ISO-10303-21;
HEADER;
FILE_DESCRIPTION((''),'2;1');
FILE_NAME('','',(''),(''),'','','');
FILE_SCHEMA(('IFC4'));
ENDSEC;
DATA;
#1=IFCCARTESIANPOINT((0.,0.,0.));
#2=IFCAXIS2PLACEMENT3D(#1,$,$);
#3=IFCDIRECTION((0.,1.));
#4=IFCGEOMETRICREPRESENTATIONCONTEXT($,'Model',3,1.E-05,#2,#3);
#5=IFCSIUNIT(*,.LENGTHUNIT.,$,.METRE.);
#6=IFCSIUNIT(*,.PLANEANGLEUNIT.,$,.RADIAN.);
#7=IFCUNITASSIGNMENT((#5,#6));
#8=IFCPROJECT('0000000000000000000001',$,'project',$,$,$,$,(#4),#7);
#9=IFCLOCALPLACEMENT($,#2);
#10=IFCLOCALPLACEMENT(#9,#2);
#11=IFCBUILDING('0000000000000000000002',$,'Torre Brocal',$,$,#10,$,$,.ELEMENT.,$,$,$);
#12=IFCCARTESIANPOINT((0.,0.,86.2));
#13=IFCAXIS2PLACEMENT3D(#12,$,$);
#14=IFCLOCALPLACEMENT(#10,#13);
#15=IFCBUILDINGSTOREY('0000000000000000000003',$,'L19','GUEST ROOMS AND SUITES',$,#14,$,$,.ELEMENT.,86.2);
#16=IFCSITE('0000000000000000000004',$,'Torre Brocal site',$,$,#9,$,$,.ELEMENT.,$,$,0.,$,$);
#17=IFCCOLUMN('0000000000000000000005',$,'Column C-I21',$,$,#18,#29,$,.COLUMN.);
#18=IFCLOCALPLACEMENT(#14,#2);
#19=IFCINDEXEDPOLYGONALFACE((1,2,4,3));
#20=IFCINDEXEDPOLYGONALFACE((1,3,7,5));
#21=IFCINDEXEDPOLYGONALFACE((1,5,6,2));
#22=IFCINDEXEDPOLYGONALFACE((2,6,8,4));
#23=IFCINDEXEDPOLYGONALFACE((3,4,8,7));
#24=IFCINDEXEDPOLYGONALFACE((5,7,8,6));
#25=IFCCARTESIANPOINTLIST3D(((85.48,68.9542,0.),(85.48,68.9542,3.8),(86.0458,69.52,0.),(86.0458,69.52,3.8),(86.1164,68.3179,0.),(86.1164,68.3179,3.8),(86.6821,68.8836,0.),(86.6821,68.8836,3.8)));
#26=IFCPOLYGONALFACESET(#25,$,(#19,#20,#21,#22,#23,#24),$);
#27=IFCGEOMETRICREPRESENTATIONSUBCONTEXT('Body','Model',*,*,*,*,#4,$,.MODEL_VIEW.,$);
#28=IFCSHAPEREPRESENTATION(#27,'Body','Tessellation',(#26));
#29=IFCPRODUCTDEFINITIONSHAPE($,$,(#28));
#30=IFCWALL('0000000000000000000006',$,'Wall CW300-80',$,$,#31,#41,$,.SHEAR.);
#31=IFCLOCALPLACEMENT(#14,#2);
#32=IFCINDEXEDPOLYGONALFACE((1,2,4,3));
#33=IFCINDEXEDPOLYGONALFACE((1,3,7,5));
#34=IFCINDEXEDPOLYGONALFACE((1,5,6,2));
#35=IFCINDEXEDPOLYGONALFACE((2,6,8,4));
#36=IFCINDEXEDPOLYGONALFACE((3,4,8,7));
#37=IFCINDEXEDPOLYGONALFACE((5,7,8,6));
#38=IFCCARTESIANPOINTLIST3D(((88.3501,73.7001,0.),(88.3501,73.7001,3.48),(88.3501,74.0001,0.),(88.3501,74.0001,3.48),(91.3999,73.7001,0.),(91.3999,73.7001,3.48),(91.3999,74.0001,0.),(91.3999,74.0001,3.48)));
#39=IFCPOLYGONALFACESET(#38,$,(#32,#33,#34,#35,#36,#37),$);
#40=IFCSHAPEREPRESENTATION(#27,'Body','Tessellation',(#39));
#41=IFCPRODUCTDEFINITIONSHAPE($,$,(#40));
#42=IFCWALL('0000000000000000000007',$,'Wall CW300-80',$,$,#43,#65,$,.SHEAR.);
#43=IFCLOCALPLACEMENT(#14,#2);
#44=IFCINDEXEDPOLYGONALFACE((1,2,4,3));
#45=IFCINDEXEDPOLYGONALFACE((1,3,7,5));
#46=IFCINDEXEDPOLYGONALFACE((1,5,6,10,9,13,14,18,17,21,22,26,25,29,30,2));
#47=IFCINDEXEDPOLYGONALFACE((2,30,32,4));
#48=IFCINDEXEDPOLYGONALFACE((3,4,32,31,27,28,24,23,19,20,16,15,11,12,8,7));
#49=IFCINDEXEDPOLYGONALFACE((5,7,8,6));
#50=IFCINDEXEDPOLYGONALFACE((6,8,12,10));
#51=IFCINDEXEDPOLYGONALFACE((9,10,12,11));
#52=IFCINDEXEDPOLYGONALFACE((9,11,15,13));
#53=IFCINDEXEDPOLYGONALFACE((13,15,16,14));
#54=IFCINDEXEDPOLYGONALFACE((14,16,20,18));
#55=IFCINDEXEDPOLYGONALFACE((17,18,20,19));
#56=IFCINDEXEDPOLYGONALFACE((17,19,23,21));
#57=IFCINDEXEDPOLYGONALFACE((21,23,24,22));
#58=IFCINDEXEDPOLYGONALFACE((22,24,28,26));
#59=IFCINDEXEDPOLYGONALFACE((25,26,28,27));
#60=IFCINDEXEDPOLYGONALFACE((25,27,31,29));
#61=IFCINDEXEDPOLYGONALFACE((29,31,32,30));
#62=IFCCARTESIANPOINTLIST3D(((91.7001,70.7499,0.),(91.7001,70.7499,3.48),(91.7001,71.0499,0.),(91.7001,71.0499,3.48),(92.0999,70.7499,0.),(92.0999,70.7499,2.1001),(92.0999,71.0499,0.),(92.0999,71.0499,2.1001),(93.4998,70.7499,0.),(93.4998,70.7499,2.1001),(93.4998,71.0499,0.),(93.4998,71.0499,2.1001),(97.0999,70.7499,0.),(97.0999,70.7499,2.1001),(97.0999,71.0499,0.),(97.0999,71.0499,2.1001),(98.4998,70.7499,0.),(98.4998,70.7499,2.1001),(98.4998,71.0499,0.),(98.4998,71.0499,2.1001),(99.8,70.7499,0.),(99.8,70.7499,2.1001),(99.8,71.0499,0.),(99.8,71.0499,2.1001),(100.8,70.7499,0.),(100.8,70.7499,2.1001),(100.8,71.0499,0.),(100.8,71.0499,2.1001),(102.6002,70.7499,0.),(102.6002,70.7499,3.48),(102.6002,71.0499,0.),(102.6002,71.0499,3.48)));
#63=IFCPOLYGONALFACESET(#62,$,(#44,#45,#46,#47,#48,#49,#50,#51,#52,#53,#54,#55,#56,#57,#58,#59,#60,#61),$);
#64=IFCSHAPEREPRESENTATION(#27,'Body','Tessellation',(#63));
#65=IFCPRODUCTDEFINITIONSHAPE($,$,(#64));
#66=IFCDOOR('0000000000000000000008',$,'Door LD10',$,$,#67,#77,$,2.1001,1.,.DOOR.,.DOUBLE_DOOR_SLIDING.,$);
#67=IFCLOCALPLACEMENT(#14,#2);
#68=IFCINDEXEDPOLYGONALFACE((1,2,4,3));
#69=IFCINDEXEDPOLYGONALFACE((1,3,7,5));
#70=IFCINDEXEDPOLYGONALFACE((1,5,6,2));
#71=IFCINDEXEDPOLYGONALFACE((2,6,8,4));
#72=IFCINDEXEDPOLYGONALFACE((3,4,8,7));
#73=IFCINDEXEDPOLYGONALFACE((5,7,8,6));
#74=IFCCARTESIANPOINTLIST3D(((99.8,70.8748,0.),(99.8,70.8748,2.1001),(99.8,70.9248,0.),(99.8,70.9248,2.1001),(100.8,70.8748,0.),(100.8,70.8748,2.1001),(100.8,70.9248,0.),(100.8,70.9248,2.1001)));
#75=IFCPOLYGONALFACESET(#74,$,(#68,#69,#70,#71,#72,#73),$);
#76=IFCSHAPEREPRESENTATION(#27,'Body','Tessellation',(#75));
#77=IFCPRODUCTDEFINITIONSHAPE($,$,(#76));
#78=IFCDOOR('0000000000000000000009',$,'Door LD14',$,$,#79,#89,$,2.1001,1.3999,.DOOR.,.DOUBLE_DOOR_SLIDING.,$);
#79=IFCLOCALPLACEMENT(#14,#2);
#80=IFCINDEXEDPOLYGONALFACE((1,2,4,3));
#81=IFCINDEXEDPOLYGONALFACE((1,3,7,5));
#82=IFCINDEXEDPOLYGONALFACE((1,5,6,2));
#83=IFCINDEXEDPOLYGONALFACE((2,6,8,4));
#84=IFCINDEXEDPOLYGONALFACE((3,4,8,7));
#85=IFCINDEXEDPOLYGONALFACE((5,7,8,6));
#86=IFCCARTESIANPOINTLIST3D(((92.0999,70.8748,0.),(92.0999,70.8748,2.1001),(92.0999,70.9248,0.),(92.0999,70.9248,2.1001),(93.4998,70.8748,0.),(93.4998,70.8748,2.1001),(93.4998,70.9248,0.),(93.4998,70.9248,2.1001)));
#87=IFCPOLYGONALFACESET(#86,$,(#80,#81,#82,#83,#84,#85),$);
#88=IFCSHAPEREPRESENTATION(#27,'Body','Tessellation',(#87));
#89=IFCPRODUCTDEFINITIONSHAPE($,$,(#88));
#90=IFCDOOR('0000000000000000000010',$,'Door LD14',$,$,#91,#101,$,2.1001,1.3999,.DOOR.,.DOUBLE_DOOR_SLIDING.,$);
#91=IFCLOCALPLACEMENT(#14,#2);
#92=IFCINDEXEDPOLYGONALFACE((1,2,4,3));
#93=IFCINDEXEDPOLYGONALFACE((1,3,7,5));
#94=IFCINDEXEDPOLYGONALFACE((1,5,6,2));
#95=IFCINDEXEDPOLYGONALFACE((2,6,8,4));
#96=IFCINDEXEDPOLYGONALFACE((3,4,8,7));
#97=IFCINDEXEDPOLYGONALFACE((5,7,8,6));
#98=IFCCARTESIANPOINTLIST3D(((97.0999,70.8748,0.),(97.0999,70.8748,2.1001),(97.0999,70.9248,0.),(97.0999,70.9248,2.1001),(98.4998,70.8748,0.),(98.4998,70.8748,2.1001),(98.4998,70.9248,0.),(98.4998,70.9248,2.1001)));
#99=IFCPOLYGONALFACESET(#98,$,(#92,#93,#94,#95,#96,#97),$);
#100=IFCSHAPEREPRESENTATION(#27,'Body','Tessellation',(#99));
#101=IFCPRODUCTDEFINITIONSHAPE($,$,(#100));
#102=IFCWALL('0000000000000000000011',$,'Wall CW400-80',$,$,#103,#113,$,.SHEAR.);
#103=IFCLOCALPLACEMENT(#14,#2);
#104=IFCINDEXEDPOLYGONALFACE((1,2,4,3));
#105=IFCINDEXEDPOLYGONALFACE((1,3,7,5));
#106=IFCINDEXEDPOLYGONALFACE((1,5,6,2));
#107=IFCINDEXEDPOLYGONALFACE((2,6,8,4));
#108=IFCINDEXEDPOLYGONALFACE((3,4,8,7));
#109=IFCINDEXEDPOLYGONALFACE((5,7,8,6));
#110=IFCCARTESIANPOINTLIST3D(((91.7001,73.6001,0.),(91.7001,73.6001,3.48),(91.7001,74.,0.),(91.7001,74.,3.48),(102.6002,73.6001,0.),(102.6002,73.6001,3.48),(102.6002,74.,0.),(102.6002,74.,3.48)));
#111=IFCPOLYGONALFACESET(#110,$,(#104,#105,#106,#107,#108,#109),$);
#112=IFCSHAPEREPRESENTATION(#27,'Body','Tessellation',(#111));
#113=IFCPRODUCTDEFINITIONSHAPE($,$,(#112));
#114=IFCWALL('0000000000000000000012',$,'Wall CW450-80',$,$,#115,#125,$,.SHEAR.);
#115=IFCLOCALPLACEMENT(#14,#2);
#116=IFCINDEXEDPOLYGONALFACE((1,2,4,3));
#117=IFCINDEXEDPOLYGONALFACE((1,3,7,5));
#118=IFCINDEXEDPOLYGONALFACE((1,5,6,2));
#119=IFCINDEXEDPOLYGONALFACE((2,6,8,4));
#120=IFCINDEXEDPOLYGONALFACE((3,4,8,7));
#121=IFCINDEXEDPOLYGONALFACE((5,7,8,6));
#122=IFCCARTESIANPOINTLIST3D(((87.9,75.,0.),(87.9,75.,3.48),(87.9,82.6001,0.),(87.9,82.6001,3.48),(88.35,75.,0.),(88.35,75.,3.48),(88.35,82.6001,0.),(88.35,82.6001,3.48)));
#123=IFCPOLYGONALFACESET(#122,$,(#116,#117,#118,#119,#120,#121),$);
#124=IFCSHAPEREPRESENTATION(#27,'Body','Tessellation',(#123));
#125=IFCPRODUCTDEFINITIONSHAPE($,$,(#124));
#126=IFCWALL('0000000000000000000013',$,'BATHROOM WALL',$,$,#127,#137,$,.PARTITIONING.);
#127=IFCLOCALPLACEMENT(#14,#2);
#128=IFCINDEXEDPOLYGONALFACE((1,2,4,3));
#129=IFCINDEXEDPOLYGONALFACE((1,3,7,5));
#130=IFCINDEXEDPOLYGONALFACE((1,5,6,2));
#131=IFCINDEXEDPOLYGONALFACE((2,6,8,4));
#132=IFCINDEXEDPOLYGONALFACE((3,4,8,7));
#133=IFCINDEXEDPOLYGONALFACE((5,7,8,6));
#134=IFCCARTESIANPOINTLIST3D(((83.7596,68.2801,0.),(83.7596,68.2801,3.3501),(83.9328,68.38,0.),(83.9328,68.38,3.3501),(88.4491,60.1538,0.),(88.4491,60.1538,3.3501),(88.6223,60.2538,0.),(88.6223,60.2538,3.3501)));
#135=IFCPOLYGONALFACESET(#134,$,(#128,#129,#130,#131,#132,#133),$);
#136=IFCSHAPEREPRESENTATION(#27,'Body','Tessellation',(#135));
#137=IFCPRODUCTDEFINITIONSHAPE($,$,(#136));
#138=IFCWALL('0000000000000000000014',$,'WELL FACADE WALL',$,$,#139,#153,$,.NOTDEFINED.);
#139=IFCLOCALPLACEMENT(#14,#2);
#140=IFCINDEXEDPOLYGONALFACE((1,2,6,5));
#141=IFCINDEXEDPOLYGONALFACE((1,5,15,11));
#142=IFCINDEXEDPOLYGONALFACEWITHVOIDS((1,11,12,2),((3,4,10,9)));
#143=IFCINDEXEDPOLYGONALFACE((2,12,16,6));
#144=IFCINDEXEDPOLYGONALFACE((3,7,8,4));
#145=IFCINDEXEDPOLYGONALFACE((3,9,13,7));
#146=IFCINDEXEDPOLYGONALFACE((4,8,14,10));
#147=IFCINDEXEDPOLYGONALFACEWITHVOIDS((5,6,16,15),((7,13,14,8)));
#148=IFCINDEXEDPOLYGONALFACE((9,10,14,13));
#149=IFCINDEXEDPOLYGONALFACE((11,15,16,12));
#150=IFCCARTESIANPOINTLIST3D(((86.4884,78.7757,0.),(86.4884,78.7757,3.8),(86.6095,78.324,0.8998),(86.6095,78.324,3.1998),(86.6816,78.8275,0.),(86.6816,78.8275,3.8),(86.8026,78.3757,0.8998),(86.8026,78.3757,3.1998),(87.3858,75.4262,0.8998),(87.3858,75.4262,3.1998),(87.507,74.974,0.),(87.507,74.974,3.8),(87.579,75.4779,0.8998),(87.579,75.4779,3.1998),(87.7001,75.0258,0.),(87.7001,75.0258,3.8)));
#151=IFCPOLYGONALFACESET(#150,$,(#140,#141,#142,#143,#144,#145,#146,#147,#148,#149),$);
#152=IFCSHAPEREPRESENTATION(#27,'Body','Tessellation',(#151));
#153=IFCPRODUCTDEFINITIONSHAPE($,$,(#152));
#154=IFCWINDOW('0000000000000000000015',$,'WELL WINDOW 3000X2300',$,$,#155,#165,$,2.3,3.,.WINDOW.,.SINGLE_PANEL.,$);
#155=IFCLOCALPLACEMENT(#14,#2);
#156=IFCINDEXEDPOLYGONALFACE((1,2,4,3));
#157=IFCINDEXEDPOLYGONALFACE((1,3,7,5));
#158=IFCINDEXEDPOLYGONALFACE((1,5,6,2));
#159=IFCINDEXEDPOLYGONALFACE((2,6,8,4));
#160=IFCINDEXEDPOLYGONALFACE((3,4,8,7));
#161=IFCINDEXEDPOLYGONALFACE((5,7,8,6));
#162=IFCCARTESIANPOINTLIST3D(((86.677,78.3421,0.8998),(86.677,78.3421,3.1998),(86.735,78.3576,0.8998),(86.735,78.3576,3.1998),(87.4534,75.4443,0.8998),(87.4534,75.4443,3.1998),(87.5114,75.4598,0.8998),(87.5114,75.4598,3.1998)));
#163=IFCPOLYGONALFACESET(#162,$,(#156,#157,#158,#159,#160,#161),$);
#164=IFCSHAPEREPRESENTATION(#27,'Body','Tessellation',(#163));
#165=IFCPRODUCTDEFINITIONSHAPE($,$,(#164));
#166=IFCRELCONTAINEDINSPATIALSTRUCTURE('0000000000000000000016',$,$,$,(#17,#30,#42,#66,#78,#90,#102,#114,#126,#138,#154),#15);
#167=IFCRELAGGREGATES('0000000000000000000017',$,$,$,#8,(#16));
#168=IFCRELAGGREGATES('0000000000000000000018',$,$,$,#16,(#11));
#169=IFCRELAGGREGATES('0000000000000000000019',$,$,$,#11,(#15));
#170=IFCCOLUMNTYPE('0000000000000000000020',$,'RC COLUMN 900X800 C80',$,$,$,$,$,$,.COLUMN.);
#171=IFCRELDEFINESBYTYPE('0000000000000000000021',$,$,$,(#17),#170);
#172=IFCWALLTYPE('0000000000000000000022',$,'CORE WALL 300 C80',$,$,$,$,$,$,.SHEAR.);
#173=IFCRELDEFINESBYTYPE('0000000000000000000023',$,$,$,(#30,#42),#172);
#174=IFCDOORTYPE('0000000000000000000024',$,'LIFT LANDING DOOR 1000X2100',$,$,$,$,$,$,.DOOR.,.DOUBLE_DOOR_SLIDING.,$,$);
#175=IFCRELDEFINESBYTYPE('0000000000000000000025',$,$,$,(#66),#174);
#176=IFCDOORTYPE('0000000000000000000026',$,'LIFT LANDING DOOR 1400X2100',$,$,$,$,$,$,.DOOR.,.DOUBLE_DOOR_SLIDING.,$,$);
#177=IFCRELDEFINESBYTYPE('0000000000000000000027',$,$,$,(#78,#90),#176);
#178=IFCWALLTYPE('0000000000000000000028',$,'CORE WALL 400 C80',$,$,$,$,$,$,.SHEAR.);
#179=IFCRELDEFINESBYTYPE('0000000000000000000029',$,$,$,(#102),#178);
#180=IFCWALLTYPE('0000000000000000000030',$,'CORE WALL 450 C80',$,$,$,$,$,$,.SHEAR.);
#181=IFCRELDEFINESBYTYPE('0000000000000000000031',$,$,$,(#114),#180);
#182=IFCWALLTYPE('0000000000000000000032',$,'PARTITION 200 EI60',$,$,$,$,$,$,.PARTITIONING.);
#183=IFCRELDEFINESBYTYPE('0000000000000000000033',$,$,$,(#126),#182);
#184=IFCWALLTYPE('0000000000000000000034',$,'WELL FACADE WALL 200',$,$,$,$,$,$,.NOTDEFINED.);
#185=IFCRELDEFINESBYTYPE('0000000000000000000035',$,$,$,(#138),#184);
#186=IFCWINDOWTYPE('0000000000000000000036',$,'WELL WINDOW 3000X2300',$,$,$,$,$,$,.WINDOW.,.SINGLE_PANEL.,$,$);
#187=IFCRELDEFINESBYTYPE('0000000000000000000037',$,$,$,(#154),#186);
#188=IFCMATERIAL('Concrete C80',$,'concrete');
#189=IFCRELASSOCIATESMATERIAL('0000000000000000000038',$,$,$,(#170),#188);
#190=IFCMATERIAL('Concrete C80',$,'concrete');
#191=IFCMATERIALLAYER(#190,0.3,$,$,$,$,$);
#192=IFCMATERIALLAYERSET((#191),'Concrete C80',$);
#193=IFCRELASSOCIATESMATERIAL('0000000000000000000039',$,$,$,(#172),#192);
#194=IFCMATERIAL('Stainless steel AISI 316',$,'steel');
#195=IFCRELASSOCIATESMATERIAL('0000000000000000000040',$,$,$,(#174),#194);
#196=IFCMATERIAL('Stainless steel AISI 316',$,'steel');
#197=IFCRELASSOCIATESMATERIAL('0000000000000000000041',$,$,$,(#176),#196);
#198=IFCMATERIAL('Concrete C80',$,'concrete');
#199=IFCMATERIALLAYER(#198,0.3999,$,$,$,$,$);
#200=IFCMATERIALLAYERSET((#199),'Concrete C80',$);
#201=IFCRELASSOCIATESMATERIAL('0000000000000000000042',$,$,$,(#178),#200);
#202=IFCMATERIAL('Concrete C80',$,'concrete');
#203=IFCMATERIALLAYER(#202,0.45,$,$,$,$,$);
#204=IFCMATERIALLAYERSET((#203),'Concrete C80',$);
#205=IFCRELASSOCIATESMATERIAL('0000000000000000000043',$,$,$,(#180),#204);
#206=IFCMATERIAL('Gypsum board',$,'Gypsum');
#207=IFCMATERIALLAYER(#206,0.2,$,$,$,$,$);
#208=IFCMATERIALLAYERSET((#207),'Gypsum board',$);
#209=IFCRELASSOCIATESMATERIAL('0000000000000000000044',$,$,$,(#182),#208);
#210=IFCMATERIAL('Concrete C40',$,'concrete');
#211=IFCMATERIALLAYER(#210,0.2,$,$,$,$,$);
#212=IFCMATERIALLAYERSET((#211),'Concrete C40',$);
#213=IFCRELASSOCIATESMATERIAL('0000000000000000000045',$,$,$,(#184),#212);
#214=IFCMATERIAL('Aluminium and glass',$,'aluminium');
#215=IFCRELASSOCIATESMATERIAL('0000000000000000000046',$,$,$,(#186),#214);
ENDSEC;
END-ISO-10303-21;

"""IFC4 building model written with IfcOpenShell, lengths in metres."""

from ifc_helpers import new_model, si_unit, direction, frame, frame_2d, origin, origin_2d, place, context, subcontext, project, spatial, rectangle, extrude, material, layer, layer_set, material_profile, profile_set, type_object, element, fill, save


model = new_model("IFC4")

# Units and contexts
model_context = context("Model", 3, precision=1e-05, world=origin(), true_north=direction((0.0, 1.0)))
body_context = subcontext(model_context, "Body", "Model", "MODEL_VIEW")
ifc_project = project(units=[si_unit("LENGTHUNIT", "METRE"), si_unit("PLANEANGLEUNIT", "RADIAN")], contexts=[model_context])

# Site, building, storey
site_placement = place(None, origin())
site = spatial("IfcSite", under=ifc_project, at=site_placement, Name="Torre Brocal site", CompositionType="ELEMENT", RefElevation=0.0)
building_placement = place(site_placement, origin())
building = spatial("IfcBuilding", under=site, at=building_placement, Name="Torre Brocal", CompositionType="ELEMENT")
storey_placement = place(building_placement, frame((0.0, 0.0, 86.2)))
storey = spatial("IfcBuildingStorey", under=building, at=storey_placement, Name="L19", Description="GUEST ROOMS AND SUITES", CompositionType="ELEMENT", Elevation=86.2)

# Column
ifc_material_1 = material(Name="Concrete C80", Category="concrete")
ifc_material_profile = material_profile(ifc_material_1, rectangle(XDim=0.8999, YDim=0.8, at=origin_2d()), Name="RC 900X800")
ifc_profile_set = profile_set([ifc_material_profile], Name="Concrete C80")
column_type = type_object("IfcColumnType", Name="RC COLUMN 900X800 C80", PredefinedType="COLUMN", material=ifc_profile_set)
column_placement = place(storey_placement, frame((86.0811, 68.9189, 0.0), z_axis=(0.0, 0.0, 1.0), x_axis=(0.707107, -0.707107, 0.0)))
element("IfcColumn", 1, at=column_placement, inside=storey, type_object=column_type, Name="Column C-I21", PredefinedType="COLUMN", context=body_context, shape_type="SweptSolid", body=[
    extrude(rectangle(XDim=0.8999, YDim=0.8, at=origin_2d()), origin(), (0.0, 0.0, 1.0), 3.8),
])

# Wall
ifc_material_2 = material(Name="Concrete C80", Category="concrete")
ifc_layer_1 = layer(ifc_material_2, 0.3)
ifc_layer_set_1 = layer_set([ifc_layer_1], Name="Concrete C80")
wall_type_1 = type_object("IfcWallType", Name="CORE WALL 300 C80", PredefinedType="SHEAR", material=ifc_layer_set_1)
wall_1_placement = place(storey_placement, frame((88.3501, 73.8501, 0.0), z_axis=(0.0, 0.0, 1.0), x_axis=(1.0, 0.0, 0.0)))
element("IfcWall", 2, at=wall_1_placement, inside=storey, type_object=wall_type_1, Name="Wall CW300-80", PredefinedType="SHEAR", context=body_context, shape_type="SweptSolid", body=[
    extrude(rectangle(XDim=3.0498, YDim=0.3, at=frame_2d((1.5249, 0.0))), origin(), (0.0, 0.0, 1.0), 3.48),
])

# Wall, openings, doors
wall_2_placement = place(storey_placement, frame((91.7, 70.8999, 0.0), z_axis=(0.0, 0.0, 1.0), x_axis=(1.0, 0.0, 0.0)))
wall_2 = element("IfcWall", 3, at=wall_2_placement, inside=storey, type_object=wall_type_1, Name="Wall CW300-80", PredefinedType="SHEAR", context=body_context, shape_type="SweptSolid", body=[
    extrude(rectangle(XDim=10.9001, YDim=0.3, at=frame_2d((5.4502, 0.0))), origin(), (0.0, 0.0, 1.0), 3.48),
])
opening_1_placement = place(wall_2_placement, frame((0.3999, 0.0, 0.0)))
opening_1 = element("IfcOpeningElement", 4, at=opening_1_placement, cuts=wall_2, PredefinedType="OPENING", context=body_context, shape_type="SweptSolid", body=[
    extrude(rectangle(XDim=1.3999, YDim=2.1001, at=frame_2d((0.7, 1.05))), frame((0.0, 0.1599, 0.0), z_axis=(0.0, -1.0, 0.0), x_axis=(1.0, 0.0, 0.0)), (0.0, 0.0, 1.0), 0.3201),
])
opening_2_placement = place(wall_2_placement, frame((5.3999, 0.0, 0.0)))
opening_2 = element("IfcOpeningElement", 5, at=opening_2_placement, cuts=wall_2, PredefinedType="OPENING", context=body_context, shape_type="SweptSolid", body=[
    extrude(rectangle(XDim=1.3999, YDim=2.1001, at=frame_2d((0.7, 1.05))), frame((0.0, 0.1599, 0.0), z_axis=(0.0, -1.0, 0.0), x_axis=(1.0, 0.0, 0.0)), (0.0, 0.0, 1.0), 0.3201),
])
opening_3_placement = place(wall_2_placement, frame((8.1001, 0.0, 0.0)))
opening_3 = element("IfcOpeningElement", 6, at=opening_3_placement, cuts=wall_2, PredefinedType="OPENING", context=body_context, shape_type="SweptSolid", body=[
    extrude(rectangle(XDim=1.0, YDim=2.1001, at=frame_2d((0.5, 1.05))), frame((0.0, 0.1599, 0.0), z_axis=(0.0, -1.0, 0.0), x_axis=(1.0, 0.0, 0.0)), (0.0, 0.0, 1.0), 0.3201),
])
ifc_material_3 = material(Name="Stainless steel AISI 316", Category="steel")
door_type_1 = type_object("IfcDoorType", Name="LIFT LANDING DOOR 1000X2100", OperationType="DOUBLE_DOOR_SLIDING", PredefinedType="DOOR", material=ifc_material_3)
door_1_placement = place(opening_3_placement, origin())
door_1 = element("IfcDoor", 7, at=door_1_placement, inside=storey, type_object=door_type_1, Name="Door LD10", OperationType="DOUBLE_DOOR_SLIDING", OverallHeight=2.1001, OverallWidth=1.0, PredefinedType="DOOR", context=body_context, shape_type="SweptSolid", body=[
    extrude(rectangle(XDim=1.0, YDim=2.1001, at=frame_2d((0.5, 1.05))), frame((0.0, 0.0249, 0.0), z_axis=(0.0, -1.0, 0.0), x_axis=(1.0, 0.0, 0.0)), (0.0, 0.0, 1.0), 0.05),
])
fill(opening_3, door_1)
ifc_material_4 = material(Name="Stainless steel AISI 316", Category="steel")
door_type_2 = type_object("IfcDoorType", Name="LIFT LANDING DOOR 1400X2100", OperationType="DOUBLE_DOOR_SLIDING", PredefinedType="DOOR", material=ifc_material_4)
door_2_placement = place(opening_1_placement, origin())
door_2 = element("IfcDoor", 8, at=door_2_placement, inside=storey, type_object=door_type_2, Name="Door LD14", OperationType="DOUBLE_DOOR_SLIDING", OverallHeight=2.1001, OverallWidth=1.3999, PredefinedType="DOOR", context=body_context, shape_type="SweptSolid", body=[
    extrude(rectangle(XDim=1.3999, YDim=2.1001, at=frame_2d((0.7, 1.05))), frame((0.0, 0.0249, 0.0), z_axis=(0.0, -1.0, 0.0), x_axis=(1.0, 0.0, 0.0)), (0.0, 0.0, 1.0), 0.05),
])
fill(opening_1, door_2)
door_3_placement = place(opening_2_placement, origin())
door_3 = element("IfcDoor", 9, at=door_3_placement, inside=storey, type_object=door_type_2, Name="Door LD14", OperationType="DOUBLE_DOOR_SLIDING", OverallHeight=2.1001, OverallWidth=1.3999, PredefinedType="DOOR", context=body_context, shape_type="SweptSolid", body=[
    extrude(rectangle(XDim=1.3999, YDim=2.1001, at=frame_2d((0.7, 1.05))), frame((0.0, 0.0249, 0.0), z_axis=(0.0, -1.0, 0.0), x_axis=(1.0, 0.0, 0.0)), (0.0, 0.0, 1.0), 0.05),
])
fill(opening_2, door_3)

# Walls
ifc_material_5 = material(Name="Concrete C80", Category="concrete")
ifc_layer_2 = layer(ifc_material_5, 0.3999)
ifc_layer_set_2 = layer_set([ifc_layer_2], Name="Concrete C80")
wall_type_2 = type_object("IfcWallType", Name="CORE WALL 400 C80", PredefinedType="SHEAR", material=ifc_layer_set_2)
wall_3_placement = place(storey_placement, frame((91.7, 73.8, 0.0), z_axis=(0.0, 0.0, 1.0), x_axis=(1.0, 0.0, 0.0)))
element("IfcWall", 10, at=wall_3_placement, inside=storey, type_object=wall_type_2, Name="Wall CW400-80", PredefinedType="SHEAR", context=body_context, shape_type="SweptSolid", body=[
    extrude(rectangle(XDim=10.9001, YDim=0.3999, at=frame_2d((5.4502, 0.0))), origin(), (0.0, 0.0, 1.0), 3.48),
])
ifc_material_6 = material(Name="Concrete C80", Category="concrete")
ifc_layer_3 = layer(ifc_material_6, 0.45)
ifc_layer_set_3 = layer_set([ifc_layer_3], Name="Concrete C80")
wall_type_3 = type_object("IfcWallType", Name="CORE WALL 450 C80", PredefinedType="SHEAR", material=ifc_layer_set_3)
wall_4_placement = place(storey_placement, frame((88.125, 75.0, 0.0), z_axis=(0.0, 0.0, 1.0), x_axis=(0.0, 1.0, 0.0)))
element("IfcWall", 11, at=wall_4_placement, inside=storey, type_object=wall_type_3, Name="Wall CW450-80", PredefinedType="SHEAR", context=body_context, shape_type="SweptSolid", body=[
    extrude(rectangle(XDim=7.6001, YDim=0.45, at=frame_2d((3.8, 0.0))), origin(), (0.0, 0.0, 1.0), 3.48),
])
ifc_material_7 = material(Name="Gypsum board", Category="Gypsum")
ifc_layer_4 = layer(ifc_material_7, 0.2)
ifc_layer_set_4 = layer_set([ifc_layer_4], Name="Gypsum board")
wall_type_4 = type_object("IfcWallType", Name="PARTITION 200 EI60", PredefinedType="PARTITIONING", material=ifc_layer_set_4)
wall_5_placement = place(storey_placement, frame((83.8462, 68.3301, 0.0), z_axis=(0.0, 0.0, 1.0), x_axis=(0.499822, -0.866128, 0.0)))
element("IfcWall", 12, at=wall_5_placement, inside=storey, type_object=wall_type_4, Name="BATHROOM WALL", PredefinedType="PARTITIONING", context=body_context, shape_type="SweptSolid", body=[
    extrude(rectangle(XDim=9.3823, YDim=0.2, at=frame_2d((4.6912, 0.0))), origin(), (0.0, 0.0, 1.0), 3.3501),
])

# Wall, opening, window
ifc_material_8 = material(Name="Concrete C40", Category="concrete")
ifc_layer_5 = layer(ifc_material_8, 0.2)
ifc_layer_set_5 = layer_set([ifc_layer_5], Name="Concrete C40")
wall_type_5 = type_object("IfcWallType", Name="WELL FACADE WALL 200", PredefinedType="NOTDEFINED", material=ifc_layer_set_5)
wall_6_placement = place(storey_placement, frame((87.6035, 75.0, 0.0), z_axis=(0.0, 0.0, 1.0), x_axis=(-0.25879, 0.965934, 0.0)))
wall_6 = element("IfcWall", 13, at=wall_6_placement, inside=storey, type_object=wall_type_5, Name="WELL FACADE WALL", PredefinedType="NOTDEFINED", context=body_context, shape_type="SweptSolid", body=[
    extrude(rectangle(XDim=3.9358, YDim=0.2, at=frame_2d((1.9678, 0.0))), origin(), (0.0, 0.0, 1.0), 3.8),
])
opening_4_placement = place(wall_6_placement, frame((0.468, 0.0, 0.8999)))
opening_4 = element("IfcOpeningElement", 14, at=opening_4_placement, cuts=wall_6, PredefinedType="OPENING", context=body_context, shape_type="SweptSolid", body=[
    extrude(rectangle(XDim=3.0, YDim=2.3, at=frame_2d((1.5, 1.1499))), frame((0.0, 0.1099, 0.0), z_axis=(0.0, -1.0, 0.0), x_axis=(1.0, 0.0, 0.0)), (0.0, 0.0, 1.0), 0.22),
])
ifc_material_9 = material(Name="Aluminium and glass", Category="aluminium")
window_type = type_object("IfcWindowType", Name="WELL WINDOW 3000X2300", PartitioningType="SINGLE_PANEL", PredefinedType="WINDOW", material=ifc_material_9)
window_1_placement = place(opening_4_placement, origin())
window_1 = element("IfcWindow", 15, at=window_1_placement, inside=storey, type_object=window_type, Name="WELL WINDOW 3000X2300", OverallHeight=2.3, OverallWidth=3.0, PartitioningType="SINGLE_PANEL", PredefinedType="WINDOW", context=body_context, shape_type="SweptSolid", body=[
    extrude(rectangle(XDim=3.0, YDim=2.3, at=frame_2d((1.5, 1.1499))), frame((0.0, 0.03, 0.0), z_axis=(0.0, -1.0, 0.0), x_axis=(1.0, 0.0, 0.0)), (0.0, 0.0, 1.0), 0.0601),
])
fill(opening_4, window_1)

save(model, "model.ifc")
